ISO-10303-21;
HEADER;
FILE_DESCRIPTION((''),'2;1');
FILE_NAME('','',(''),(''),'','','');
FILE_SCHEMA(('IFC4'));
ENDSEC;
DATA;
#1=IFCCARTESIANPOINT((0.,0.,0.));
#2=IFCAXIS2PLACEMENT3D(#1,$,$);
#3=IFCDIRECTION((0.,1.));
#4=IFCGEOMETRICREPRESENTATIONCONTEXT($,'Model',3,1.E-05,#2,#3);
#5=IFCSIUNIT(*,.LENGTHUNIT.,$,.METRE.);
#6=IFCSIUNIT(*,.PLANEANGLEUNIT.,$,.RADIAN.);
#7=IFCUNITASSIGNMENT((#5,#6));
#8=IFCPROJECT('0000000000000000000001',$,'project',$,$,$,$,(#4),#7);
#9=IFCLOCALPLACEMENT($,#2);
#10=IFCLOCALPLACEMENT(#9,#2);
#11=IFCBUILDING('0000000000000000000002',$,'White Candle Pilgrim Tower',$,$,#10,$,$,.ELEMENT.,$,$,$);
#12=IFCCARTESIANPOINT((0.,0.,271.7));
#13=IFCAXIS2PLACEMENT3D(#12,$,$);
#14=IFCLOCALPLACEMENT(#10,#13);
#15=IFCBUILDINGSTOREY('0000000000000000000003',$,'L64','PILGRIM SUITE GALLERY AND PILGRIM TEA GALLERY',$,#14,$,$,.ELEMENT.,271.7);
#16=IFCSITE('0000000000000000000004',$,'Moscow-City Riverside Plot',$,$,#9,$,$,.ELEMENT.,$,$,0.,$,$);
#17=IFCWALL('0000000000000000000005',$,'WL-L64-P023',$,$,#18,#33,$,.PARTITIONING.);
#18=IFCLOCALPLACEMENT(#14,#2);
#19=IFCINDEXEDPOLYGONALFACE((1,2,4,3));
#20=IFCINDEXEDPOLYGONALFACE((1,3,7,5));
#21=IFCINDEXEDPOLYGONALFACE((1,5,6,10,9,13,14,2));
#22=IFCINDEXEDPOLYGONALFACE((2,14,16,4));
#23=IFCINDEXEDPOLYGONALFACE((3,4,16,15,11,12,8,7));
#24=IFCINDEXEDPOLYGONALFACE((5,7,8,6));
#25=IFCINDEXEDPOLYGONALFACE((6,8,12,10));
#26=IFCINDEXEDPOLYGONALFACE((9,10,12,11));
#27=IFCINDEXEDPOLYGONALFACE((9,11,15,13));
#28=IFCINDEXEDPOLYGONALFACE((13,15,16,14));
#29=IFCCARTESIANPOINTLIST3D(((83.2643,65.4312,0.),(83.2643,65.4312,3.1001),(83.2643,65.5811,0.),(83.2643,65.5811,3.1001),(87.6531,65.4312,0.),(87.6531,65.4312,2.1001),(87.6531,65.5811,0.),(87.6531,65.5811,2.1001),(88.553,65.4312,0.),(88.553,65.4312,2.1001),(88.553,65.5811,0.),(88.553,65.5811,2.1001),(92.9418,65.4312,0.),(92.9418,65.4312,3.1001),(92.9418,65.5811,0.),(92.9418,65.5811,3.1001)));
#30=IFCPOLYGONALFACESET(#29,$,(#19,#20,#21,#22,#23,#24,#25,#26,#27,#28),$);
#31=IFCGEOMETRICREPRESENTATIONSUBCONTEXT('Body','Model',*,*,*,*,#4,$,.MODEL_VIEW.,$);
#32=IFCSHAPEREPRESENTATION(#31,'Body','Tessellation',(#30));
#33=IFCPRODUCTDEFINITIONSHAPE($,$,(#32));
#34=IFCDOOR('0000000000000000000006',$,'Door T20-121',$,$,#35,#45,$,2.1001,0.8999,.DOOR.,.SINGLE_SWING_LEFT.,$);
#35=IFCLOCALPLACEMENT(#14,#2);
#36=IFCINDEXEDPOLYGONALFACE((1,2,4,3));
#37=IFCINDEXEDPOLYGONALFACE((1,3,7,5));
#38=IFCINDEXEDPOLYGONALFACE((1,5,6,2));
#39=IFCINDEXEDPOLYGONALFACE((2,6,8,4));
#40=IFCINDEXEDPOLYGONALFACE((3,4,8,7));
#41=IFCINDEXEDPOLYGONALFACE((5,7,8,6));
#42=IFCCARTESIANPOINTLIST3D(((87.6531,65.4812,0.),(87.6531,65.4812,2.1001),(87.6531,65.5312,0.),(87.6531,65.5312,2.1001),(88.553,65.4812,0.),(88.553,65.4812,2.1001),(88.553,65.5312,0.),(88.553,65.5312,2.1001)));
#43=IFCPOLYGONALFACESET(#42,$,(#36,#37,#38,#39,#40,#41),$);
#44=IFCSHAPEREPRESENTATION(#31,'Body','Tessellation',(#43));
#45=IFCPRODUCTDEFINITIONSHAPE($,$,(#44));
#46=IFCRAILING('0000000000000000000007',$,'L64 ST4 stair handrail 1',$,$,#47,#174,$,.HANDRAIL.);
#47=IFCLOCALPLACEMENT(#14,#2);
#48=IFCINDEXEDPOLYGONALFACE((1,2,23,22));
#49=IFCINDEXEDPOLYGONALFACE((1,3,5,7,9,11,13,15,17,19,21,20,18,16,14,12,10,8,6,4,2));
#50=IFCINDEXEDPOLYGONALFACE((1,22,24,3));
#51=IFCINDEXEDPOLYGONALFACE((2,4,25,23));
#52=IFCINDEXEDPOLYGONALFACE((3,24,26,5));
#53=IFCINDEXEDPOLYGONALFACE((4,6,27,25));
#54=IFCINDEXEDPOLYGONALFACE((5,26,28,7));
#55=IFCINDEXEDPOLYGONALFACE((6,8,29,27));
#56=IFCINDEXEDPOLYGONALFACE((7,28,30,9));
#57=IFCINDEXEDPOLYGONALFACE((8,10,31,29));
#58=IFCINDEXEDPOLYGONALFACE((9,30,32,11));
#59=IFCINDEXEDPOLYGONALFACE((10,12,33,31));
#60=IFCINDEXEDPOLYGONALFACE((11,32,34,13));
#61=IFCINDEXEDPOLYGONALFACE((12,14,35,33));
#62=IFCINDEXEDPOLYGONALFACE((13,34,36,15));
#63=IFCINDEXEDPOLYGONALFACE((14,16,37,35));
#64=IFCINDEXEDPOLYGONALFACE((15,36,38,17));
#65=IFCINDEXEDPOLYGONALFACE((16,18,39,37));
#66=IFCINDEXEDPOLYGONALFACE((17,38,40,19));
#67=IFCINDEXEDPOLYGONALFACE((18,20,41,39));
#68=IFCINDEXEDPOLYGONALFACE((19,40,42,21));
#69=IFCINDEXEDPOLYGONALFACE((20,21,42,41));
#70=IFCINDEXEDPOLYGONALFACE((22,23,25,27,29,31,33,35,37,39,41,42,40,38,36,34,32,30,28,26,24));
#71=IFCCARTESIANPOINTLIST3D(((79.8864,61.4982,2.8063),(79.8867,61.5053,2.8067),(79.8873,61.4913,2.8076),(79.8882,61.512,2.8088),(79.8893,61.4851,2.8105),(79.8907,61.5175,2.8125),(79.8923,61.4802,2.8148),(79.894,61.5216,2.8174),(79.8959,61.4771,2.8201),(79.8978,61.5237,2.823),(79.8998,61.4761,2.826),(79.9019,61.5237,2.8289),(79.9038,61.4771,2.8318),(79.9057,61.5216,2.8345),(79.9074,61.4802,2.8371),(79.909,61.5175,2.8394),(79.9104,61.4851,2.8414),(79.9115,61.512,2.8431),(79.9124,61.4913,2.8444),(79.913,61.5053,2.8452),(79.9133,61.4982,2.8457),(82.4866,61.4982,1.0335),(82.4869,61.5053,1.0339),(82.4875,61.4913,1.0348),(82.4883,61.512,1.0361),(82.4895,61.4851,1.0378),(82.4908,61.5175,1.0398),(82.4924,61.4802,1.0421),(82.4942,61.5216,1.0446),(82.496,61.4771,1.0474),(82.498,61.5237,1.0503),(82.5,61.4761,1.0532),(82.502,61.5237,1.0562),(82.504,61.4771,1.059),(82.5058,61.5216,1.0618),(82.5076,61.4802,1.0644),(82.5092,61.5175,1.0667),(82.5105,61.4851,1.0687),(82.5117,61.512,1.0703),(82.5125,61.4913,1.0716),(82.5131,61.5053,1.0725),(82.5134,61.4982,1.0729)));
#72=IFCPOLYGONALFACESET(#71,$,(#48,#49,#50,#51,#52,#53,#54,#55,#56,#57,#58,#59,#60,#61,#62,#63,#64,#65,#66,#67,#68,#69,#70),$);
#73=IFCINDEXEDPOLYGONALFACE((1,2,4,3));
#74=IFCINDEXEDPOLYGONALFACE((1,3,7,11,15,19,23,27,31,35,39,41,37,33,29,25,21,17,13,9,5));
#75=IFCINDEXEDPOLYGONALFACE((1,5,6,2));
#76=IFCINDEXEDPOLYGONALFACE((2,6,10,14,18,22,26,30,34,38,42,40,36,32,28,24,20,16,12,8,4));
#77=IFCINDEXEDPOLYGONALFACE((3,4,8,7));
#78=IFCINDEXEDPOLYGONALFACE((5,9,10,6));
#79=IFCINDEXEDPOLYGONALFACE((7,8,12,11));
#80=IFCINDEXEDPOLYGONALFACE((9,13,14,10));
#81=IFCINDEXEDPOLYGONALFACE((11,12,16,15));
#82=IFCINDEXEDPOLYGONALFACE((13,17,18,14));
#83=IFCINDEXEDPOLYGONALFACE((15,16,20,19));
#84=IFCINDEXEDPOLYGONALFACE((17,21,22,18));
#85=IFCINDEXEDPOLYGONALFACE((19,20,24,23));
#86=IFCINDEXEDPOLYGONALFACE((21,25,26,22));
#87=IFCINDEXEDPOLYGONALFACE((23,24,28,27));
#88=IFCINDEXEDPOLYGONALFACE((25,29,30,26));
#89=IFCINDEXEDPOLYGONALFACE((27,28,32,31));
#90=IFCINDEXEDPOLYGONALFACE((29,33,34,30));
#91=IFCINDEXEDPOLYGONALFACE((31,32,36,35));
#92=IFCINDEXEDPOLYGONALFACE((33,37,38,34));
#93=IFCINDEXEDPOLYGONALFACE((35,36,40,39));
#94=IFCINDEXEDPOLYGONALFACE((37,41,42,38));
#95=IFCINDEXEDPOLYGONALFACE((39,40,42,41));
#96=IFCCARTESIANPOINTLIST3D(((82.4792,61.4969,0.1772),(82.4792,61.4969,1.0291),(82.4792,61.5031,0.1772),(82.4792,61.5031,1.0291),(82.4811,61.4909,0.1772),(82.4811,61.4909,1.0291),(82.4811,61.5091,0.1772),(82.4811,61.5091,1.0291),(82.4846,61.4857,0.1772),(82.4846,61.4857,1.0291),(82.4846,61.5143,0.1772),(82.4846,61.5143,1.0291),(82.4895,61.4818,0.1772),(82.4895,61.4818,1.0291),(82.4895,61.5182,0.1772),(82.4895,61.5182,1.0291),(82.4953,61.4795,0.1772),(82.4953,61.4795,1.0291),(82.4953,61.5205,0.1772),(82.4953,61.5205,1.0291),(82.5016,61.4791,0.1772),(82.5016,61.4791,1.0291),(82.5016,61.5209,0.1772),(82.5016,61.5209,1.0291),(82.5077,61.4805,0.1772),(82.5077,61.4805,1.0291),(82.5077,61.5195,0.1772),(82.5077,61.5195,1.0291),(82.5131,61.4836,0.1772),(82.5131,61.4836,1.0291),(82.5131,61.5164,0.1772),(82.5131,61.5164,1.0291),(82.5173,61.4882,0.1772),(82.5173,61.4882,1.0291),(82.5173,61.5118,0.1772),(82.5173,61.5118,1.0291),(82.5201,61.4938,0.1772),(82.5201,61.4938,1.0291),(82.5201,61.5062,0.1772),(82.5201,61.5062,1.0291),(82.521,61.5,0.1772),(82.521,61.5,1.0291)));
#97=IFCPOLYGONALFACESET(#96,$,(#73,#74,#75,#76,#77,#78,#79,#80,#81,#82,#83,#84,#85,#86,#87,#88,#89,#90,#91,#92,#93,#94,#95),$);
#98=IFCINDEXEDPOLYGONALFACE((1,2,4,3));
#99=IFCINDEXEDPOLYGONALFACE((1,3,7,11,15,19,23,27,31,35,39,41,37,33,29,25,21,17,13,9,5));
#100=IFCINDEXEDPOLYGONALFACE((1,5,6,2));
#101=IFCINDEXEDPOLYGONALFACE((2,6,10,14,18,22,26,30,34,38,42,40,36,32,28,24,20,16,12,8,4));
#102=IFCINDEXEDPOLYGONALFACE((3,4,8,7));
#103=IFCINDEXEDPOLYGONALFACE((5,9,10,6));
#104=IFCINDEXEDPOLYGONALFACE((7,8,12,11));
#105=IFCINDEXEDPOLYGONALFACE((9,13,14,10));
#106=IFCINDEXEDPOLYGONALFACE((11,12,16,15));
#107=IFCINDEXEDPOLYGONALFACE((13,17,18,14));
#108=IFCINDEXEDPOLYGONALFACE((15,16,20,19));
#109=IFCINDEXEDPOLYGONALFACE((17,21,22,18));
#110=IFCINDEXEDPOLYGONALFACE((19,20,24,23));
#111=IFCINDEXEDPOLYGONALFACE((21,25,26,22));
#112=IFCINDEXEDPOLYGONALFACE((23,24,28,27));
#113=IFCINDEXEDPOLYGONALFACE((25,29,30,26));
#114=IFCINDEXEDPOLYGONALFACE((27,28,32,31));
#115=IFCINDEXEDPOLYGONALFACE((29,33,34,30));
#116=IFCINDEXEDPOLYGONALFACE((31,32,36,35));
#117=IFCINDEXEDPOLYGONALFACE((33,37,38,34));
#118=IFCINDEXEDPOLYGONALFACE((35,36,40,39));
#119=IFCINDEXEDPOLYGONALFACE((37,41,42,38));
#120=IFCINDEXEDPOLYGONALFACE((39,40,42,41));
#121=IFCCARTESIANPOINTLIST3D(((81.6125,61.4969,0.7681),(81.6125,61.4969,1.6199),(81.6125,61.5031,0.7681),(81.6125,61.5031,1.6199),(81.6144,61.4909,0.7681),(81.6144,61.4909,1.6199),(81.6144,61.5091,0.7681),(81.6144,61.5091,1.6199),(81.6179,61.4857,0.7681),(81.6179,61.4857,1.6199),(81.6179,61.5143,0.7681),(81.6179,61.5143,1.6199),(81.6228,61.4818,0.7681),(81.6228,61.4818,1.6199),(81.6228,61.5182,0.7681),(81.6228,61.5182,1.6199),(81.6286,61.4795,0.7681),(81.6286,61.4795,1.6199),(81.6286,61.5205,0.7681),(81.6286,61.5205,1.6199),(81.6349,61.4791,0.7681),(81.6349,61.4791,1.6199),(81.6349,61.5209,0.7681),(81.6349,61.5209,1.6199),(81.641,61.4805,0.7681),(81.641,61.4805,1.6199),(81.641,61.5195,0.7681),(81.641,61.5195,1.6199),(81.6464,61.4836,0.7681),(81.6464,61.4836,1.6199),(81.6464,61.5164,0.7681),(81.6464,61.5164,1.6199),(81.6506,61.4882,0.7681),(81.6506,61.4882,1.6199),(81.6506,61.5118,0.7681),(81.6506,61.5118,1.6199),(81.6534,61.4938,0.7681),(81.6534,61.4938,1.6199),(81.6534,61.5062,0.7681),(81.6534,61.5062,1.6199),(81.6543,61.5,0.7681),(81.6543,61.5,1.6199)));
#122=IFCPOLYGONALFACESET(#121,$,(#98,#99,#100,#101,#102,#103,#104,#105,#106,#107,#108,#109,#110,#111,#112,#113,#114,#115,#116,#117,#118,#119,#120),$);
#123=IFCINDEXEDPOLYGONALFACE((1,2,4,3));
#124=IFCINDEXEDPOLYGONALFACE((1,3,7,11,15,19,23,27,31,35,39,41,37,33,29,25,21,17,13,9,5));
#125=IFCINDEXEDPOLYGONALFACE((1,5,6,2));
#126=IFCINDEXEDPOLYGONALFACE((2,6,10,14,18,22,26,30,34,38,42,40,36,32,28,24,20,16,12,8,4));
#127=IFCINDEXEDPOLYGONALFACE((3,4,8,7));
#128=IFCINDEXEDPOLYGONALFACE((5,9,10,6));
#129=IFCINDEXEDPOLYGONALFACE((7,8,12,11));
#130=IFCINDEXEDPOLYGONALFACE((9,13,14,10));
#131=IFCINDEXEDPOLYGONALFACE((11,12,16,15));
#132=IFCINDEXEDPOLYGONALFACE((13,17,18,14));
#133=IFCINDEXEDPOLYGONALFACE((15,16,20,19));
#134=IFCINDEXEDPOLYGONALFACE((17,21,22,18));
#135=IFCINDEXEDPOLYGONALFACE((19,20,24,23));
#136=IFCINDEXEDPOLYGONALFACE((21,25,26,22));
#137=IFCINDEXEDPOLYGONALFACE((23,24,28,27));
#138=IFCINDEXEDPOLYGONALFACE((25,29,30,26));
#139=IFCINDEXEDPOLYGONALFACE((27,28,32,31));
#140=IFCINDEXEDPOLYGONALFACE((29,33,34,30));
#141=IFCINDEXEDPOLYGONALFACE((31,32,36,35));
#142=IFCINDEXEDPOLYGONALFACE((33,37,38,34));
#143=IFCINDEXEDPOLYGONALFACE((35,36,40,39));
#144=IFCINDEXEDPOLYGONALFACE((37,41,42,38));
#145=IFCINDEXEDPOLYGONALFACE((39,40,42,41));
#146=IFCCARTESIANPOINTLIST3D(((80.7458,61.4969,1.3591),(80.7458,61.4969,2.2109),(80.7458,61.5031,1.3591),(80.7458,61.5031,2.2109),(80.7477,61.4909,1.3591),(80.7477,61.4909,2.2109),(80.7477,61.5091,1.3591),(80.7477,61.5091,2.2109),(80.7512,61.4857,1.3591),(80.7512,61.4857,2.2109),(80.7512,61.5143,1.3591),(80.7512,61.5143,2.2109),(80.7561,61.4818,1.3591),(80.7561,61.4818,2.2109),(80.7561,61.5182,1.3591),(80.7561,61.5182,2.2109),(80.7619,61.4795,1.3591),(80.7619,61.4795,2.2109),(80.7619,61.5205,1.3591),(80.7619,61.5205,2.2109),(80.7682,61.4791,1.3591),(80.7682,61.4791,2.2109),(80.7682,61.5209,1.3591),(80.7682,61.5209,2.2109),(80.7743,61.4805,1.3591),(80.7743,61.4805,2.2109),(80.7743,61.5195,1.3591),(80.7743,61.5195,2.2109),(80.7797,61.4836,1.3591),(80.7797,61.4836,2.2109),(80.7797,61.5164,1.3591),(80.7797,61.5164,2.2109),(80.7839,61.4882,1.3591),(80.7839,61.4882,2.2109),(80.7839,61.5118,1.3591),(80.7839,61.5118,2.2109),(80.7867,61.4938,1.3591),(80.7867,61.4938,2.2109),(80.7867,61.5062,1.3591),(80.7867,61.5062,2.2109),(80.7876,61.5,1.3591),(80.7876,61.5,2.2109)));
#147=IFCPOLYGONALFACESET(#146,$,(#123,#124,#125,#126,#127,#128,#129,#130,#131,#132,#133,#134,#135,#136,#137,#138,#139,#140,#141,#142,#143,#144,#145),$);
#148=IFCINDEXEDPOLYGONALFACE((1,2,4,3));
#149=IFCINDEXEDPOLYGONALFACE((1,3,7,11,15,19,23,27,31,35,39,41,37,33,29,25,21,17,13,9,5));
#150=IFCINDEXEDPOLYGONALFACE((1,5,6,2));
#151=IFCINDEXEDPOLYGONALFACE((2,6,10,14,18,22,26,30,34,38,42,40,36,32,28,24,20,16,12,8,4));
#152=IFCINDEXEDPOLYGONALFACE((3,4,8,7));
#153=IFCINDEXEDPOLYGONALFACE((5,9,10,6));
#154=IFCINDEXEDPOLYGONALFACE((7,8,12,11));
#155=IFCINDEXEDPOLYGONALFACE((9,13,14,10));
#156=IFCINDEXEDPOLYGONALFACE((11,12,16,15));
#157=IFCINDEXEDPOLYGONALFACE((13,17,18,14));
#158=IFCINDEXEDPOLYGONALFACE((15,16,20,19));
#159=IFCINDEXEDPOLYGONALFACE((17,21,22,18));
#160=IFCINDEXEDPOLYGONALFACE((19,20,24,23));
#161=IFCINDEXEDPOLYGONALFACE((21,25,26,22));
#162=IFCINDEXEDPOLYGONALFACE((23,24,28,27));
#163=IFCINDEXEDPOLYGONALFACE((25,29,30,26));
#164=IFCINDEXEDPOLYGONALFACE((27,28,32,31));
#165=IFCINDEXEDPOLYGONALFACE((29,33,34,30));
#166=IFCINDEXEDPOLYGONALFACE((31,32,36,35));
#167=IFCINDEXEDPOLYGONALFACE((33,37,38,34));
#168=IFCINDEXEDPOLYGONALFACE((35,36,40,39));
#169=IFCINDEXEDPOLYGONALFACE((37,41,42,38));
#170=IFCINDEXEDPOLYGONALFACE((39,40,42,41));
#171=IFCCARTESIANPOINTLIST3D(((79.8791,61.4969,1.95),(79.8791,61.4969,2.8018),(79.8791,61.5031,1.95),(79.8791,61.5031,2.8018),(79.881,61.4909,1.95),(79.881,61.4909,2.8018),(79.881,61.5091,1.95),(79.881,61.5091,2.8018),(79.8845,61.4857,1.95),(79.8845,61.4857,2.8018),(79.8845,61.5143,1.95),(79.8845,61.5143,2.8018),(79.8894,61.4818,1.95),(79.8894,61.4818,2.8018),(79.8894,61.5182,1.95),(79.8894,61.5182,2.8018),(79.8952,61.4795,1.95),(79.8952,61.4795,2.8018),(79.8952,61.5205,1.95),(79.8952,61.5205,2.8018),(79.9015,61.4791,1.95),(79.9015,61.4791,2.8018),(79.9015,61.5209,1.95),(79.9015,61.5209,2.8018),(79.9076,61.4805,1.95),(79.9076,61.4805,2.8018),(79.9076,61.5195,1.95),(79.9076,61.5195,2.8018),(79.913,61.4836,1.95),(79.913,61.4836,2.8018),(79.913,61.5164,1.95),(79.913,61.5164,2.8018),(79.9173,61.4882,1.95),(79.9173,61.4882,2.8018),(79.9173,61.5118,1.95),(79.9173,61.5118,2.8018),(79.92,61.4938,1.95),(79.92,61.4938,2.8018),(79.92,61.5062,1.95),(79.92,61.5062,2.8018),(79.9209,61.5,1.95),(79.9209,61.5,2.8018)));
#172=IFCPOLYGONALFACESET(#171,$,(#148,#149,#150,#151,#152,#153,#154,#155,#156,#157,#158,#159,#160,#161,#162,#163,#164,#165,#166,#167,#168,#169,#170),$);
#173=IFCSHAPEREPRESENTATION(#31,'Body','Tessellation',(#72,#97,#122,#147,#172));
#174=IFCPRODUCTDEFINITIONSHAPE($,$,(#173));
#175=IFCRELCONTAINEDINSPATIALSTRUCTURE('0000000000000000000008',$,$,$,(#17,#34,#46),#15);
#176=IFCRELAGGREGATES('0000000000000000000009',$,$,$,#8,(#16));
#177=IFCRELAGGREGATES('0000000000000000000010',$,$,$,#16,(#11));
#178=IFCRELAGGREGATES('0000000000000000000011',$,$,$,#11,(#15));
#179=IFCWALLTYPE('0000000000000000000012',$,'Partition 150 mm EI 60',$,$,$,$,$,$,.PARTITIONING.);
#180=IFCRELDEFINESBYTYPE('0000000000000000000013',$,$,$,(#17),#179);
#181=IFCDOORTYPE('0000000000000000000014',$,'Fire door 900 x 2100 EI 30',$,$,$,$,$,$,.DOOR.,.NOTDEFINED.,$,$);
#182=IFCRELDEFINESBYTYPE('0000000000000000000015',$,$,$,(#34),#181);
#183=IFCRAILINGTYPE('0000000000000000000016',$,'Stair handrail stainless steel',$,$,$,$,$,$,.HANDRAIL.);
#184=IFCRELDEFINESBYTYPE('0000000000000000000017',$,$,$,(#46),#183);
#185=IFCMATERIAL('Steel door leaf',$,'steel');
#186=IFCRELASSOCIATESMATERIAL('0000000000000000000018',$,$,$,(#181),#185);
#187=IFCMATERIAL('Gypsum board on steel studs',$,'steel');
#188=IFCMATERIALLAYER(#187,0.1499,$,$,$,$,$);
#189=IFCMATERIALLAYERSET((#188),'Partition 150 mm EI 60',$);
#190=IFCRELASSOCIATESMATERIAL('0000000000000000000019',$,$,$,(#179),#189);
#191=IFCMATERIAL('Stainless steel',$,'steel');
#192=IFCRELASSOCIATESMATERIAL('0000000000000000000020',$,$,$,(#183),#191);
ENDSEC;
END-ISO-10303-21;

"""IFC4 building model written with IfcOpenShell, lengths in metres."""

from ifc_helpers import new_model, si_unit, direction, frame, frame_2d, origin, origin_2d, place, context, subcontext, project, spatial, rectangle, circle, extrude, material, layer, layer_set, type_object, element, fill, save


model = new_model("IFC4")

# Units and contexts
model_context = context("Model", 3, precision=1e-05, world=origin(), true_north=direction((0.0, 1.0)))
body_context = subcontext(model_context, "Body", "Model", "MODEL_VIEW")
ifc_project = project(units=[si_unit("LENGTHUNIT", "METRE"), si_unit("PLANEANGLEUNIT", "RADIAN")], contexts=[model_context])

# Site, building, storey
site_placement = place(None, origin())
site = spatial("IfcSite", under=ifc_project, at=site_placement, Name="Moscow-City Riverside Plot", CompositionType="ELEMENT", RefElevation=0.0)
building_placement = place(site_placement, origin())
building = spatial("IfcBuilding", under=site, at=building_placement, Name="White Candle Pilgrim Tower", CompositionType="ELEMENT")
storey_placement = place(building_placement, frame((0.0, 0.0, 271.7)))
storey = spatial("IfcBuildingStorey", under=building, at=storey_placement, Name="L64", Description="PILGRIM SUITE GALLERY AND PILGRIM TEA GALLERY", CompositionType="ELEMENT", Elevation=271.7)

# Shared definitions
ifc_material_1 = material(Name="Gypsum board on steel studs", Category="steel")

# Shared definitions
ifc_material_2 = material(Name="Steel door leaf", Category="steel")
door_type = type_object("IfcDoorType", Name="Fire door 900 x 2100 EI 30", OperationType="NOTDEFINED", PredefinedType="DOOR", material=ifc_material_2)

# Shared definitions
ifc_layer_1 = layer(ifc_material_1, 0.1499)
ifc_layer_set_1 = layer_set([ifc_layer_1], Name="Partition 150 mm EI 60")
wall_type_1 = type_object("IfcWallType", Name="Partition 150 mm EI 60", PredefinedType="PARTITIONING", material=ifc_layer_set_1)

# Wall, opening, door
wall_1_placement = place(storey_placement, frame((92.9419, 65.5061, 0.0), z_axis=(0.0, 0.0, 1.0), x_axis=(-1.0, 0.0, 0.0)))
wall_1 = element("IfcWall", 1, at=wall_1_placement, inside=storey, type_object=wall_type_1, Name="WL-L64-P023", PredefinedType="PARTITIONING", context=body_context, shape_type="SweptSolid", body=[
    extrude(rectangle(XDim=9.6775, YDim=0.1499, at=frame_2d((4.8389, 0.0))), origin(), (0.0, 0.0, 1.0), 3.1001),
])
opening_1_placement = place(wall_1_placement, frame((4.3889, 0.0, 0.0)))
opening_1 = element("IfcOpeningElement", 2, at=opening_1_placement, cuts=wall_1, PredefinedType="OPENING", context=body_context, shape_type="SweptSolid", body=[
    extrude(rectangle(XDim=0.8999, YDim=2.1001, at=frame_2d((0.45, 1.05))), frame((0.0, 0.085, 0.0), z_axis=(0.0, -1.0, 0.0), x_axis=(1.0, 0.0, 0.0)), (0.0, 0.0, 1.0), 0.1699),
])
door_1_placement = place(opening_1_placement, origin())
door_1 = element("IfcDoor", 3, at=door_1_placement, inside=storey, type_object=door_type, Name="Door T20-121", OperationType="SINGLE_SWING_LEFT", OverallHeight=2.1001, OverallWidth=0.8999, PredefinedType="DOOR", context=body_context, shape_type="SweptSolid", body=[
    extrude(rectangle(XDim=0.8999, YDim=2.1001, at=frame_2d((0.45, 1.05))), frame((0.0, 0.0249, 0.0), z_axis=(0.0, -1.0, 0.0), x_axis=(1.0, 0.0, 0.0)), (0.0, 0.0, 1.0), 0.05),
])
fill(opening_1, door_1)

# Railing
ifc_material_3 = material(Name="Stainless steel", Category="steel")
railing_type = type_object("IfcRailingType", Name="Stair handrail stainless steel", PredefinedType="HANDRAIL", material=ifc_material_3)
railing_placement = place(storey_placement, frame((82.5, 61.5, 0.1772)))
element("IfcRailing", 4, at=railing_placement, inside=storey, type_object=railing_type, Name="L64 ST4 stair handrail 1", PredefinedType="HANDRAIL", context=body_context, shape_type="SweptSolid", body=[
    extrude(circle(Radius=0.0239, at=origin_2d()), frame((0.0, 0.0, 0.876), z_axis=(-0.82624, 0.0, 0.563318), x_axis=(0.0, -1.0, 0.0)), (0.0, 0.0, 1.0), 3.147),
    extrude(circle(Radius=0.021, at=origin_2d()), origin(), (0.0, 0.0, 1.0), 0.8518),
    extrude(circle(Radius=0.021, at=origin_2d()), frame((-0.8667, 0.0, 0.5908)), (0.0, 0.0, 1.0), 0.8518),
    extrude(circle(Radius=0.021, at=origin_2d()), frame((-1.7334, 0.0, 1.1819)), (0.0, 0.0, 1.0), 0.8518),
    extrude(circle(Radius=0.021, at=origin_2d()), frame((-2.6001, 0.0, 1.7727)), (0.0, 0.0, 1.0), 0.8518),
])

save(model, "model.ifc")
